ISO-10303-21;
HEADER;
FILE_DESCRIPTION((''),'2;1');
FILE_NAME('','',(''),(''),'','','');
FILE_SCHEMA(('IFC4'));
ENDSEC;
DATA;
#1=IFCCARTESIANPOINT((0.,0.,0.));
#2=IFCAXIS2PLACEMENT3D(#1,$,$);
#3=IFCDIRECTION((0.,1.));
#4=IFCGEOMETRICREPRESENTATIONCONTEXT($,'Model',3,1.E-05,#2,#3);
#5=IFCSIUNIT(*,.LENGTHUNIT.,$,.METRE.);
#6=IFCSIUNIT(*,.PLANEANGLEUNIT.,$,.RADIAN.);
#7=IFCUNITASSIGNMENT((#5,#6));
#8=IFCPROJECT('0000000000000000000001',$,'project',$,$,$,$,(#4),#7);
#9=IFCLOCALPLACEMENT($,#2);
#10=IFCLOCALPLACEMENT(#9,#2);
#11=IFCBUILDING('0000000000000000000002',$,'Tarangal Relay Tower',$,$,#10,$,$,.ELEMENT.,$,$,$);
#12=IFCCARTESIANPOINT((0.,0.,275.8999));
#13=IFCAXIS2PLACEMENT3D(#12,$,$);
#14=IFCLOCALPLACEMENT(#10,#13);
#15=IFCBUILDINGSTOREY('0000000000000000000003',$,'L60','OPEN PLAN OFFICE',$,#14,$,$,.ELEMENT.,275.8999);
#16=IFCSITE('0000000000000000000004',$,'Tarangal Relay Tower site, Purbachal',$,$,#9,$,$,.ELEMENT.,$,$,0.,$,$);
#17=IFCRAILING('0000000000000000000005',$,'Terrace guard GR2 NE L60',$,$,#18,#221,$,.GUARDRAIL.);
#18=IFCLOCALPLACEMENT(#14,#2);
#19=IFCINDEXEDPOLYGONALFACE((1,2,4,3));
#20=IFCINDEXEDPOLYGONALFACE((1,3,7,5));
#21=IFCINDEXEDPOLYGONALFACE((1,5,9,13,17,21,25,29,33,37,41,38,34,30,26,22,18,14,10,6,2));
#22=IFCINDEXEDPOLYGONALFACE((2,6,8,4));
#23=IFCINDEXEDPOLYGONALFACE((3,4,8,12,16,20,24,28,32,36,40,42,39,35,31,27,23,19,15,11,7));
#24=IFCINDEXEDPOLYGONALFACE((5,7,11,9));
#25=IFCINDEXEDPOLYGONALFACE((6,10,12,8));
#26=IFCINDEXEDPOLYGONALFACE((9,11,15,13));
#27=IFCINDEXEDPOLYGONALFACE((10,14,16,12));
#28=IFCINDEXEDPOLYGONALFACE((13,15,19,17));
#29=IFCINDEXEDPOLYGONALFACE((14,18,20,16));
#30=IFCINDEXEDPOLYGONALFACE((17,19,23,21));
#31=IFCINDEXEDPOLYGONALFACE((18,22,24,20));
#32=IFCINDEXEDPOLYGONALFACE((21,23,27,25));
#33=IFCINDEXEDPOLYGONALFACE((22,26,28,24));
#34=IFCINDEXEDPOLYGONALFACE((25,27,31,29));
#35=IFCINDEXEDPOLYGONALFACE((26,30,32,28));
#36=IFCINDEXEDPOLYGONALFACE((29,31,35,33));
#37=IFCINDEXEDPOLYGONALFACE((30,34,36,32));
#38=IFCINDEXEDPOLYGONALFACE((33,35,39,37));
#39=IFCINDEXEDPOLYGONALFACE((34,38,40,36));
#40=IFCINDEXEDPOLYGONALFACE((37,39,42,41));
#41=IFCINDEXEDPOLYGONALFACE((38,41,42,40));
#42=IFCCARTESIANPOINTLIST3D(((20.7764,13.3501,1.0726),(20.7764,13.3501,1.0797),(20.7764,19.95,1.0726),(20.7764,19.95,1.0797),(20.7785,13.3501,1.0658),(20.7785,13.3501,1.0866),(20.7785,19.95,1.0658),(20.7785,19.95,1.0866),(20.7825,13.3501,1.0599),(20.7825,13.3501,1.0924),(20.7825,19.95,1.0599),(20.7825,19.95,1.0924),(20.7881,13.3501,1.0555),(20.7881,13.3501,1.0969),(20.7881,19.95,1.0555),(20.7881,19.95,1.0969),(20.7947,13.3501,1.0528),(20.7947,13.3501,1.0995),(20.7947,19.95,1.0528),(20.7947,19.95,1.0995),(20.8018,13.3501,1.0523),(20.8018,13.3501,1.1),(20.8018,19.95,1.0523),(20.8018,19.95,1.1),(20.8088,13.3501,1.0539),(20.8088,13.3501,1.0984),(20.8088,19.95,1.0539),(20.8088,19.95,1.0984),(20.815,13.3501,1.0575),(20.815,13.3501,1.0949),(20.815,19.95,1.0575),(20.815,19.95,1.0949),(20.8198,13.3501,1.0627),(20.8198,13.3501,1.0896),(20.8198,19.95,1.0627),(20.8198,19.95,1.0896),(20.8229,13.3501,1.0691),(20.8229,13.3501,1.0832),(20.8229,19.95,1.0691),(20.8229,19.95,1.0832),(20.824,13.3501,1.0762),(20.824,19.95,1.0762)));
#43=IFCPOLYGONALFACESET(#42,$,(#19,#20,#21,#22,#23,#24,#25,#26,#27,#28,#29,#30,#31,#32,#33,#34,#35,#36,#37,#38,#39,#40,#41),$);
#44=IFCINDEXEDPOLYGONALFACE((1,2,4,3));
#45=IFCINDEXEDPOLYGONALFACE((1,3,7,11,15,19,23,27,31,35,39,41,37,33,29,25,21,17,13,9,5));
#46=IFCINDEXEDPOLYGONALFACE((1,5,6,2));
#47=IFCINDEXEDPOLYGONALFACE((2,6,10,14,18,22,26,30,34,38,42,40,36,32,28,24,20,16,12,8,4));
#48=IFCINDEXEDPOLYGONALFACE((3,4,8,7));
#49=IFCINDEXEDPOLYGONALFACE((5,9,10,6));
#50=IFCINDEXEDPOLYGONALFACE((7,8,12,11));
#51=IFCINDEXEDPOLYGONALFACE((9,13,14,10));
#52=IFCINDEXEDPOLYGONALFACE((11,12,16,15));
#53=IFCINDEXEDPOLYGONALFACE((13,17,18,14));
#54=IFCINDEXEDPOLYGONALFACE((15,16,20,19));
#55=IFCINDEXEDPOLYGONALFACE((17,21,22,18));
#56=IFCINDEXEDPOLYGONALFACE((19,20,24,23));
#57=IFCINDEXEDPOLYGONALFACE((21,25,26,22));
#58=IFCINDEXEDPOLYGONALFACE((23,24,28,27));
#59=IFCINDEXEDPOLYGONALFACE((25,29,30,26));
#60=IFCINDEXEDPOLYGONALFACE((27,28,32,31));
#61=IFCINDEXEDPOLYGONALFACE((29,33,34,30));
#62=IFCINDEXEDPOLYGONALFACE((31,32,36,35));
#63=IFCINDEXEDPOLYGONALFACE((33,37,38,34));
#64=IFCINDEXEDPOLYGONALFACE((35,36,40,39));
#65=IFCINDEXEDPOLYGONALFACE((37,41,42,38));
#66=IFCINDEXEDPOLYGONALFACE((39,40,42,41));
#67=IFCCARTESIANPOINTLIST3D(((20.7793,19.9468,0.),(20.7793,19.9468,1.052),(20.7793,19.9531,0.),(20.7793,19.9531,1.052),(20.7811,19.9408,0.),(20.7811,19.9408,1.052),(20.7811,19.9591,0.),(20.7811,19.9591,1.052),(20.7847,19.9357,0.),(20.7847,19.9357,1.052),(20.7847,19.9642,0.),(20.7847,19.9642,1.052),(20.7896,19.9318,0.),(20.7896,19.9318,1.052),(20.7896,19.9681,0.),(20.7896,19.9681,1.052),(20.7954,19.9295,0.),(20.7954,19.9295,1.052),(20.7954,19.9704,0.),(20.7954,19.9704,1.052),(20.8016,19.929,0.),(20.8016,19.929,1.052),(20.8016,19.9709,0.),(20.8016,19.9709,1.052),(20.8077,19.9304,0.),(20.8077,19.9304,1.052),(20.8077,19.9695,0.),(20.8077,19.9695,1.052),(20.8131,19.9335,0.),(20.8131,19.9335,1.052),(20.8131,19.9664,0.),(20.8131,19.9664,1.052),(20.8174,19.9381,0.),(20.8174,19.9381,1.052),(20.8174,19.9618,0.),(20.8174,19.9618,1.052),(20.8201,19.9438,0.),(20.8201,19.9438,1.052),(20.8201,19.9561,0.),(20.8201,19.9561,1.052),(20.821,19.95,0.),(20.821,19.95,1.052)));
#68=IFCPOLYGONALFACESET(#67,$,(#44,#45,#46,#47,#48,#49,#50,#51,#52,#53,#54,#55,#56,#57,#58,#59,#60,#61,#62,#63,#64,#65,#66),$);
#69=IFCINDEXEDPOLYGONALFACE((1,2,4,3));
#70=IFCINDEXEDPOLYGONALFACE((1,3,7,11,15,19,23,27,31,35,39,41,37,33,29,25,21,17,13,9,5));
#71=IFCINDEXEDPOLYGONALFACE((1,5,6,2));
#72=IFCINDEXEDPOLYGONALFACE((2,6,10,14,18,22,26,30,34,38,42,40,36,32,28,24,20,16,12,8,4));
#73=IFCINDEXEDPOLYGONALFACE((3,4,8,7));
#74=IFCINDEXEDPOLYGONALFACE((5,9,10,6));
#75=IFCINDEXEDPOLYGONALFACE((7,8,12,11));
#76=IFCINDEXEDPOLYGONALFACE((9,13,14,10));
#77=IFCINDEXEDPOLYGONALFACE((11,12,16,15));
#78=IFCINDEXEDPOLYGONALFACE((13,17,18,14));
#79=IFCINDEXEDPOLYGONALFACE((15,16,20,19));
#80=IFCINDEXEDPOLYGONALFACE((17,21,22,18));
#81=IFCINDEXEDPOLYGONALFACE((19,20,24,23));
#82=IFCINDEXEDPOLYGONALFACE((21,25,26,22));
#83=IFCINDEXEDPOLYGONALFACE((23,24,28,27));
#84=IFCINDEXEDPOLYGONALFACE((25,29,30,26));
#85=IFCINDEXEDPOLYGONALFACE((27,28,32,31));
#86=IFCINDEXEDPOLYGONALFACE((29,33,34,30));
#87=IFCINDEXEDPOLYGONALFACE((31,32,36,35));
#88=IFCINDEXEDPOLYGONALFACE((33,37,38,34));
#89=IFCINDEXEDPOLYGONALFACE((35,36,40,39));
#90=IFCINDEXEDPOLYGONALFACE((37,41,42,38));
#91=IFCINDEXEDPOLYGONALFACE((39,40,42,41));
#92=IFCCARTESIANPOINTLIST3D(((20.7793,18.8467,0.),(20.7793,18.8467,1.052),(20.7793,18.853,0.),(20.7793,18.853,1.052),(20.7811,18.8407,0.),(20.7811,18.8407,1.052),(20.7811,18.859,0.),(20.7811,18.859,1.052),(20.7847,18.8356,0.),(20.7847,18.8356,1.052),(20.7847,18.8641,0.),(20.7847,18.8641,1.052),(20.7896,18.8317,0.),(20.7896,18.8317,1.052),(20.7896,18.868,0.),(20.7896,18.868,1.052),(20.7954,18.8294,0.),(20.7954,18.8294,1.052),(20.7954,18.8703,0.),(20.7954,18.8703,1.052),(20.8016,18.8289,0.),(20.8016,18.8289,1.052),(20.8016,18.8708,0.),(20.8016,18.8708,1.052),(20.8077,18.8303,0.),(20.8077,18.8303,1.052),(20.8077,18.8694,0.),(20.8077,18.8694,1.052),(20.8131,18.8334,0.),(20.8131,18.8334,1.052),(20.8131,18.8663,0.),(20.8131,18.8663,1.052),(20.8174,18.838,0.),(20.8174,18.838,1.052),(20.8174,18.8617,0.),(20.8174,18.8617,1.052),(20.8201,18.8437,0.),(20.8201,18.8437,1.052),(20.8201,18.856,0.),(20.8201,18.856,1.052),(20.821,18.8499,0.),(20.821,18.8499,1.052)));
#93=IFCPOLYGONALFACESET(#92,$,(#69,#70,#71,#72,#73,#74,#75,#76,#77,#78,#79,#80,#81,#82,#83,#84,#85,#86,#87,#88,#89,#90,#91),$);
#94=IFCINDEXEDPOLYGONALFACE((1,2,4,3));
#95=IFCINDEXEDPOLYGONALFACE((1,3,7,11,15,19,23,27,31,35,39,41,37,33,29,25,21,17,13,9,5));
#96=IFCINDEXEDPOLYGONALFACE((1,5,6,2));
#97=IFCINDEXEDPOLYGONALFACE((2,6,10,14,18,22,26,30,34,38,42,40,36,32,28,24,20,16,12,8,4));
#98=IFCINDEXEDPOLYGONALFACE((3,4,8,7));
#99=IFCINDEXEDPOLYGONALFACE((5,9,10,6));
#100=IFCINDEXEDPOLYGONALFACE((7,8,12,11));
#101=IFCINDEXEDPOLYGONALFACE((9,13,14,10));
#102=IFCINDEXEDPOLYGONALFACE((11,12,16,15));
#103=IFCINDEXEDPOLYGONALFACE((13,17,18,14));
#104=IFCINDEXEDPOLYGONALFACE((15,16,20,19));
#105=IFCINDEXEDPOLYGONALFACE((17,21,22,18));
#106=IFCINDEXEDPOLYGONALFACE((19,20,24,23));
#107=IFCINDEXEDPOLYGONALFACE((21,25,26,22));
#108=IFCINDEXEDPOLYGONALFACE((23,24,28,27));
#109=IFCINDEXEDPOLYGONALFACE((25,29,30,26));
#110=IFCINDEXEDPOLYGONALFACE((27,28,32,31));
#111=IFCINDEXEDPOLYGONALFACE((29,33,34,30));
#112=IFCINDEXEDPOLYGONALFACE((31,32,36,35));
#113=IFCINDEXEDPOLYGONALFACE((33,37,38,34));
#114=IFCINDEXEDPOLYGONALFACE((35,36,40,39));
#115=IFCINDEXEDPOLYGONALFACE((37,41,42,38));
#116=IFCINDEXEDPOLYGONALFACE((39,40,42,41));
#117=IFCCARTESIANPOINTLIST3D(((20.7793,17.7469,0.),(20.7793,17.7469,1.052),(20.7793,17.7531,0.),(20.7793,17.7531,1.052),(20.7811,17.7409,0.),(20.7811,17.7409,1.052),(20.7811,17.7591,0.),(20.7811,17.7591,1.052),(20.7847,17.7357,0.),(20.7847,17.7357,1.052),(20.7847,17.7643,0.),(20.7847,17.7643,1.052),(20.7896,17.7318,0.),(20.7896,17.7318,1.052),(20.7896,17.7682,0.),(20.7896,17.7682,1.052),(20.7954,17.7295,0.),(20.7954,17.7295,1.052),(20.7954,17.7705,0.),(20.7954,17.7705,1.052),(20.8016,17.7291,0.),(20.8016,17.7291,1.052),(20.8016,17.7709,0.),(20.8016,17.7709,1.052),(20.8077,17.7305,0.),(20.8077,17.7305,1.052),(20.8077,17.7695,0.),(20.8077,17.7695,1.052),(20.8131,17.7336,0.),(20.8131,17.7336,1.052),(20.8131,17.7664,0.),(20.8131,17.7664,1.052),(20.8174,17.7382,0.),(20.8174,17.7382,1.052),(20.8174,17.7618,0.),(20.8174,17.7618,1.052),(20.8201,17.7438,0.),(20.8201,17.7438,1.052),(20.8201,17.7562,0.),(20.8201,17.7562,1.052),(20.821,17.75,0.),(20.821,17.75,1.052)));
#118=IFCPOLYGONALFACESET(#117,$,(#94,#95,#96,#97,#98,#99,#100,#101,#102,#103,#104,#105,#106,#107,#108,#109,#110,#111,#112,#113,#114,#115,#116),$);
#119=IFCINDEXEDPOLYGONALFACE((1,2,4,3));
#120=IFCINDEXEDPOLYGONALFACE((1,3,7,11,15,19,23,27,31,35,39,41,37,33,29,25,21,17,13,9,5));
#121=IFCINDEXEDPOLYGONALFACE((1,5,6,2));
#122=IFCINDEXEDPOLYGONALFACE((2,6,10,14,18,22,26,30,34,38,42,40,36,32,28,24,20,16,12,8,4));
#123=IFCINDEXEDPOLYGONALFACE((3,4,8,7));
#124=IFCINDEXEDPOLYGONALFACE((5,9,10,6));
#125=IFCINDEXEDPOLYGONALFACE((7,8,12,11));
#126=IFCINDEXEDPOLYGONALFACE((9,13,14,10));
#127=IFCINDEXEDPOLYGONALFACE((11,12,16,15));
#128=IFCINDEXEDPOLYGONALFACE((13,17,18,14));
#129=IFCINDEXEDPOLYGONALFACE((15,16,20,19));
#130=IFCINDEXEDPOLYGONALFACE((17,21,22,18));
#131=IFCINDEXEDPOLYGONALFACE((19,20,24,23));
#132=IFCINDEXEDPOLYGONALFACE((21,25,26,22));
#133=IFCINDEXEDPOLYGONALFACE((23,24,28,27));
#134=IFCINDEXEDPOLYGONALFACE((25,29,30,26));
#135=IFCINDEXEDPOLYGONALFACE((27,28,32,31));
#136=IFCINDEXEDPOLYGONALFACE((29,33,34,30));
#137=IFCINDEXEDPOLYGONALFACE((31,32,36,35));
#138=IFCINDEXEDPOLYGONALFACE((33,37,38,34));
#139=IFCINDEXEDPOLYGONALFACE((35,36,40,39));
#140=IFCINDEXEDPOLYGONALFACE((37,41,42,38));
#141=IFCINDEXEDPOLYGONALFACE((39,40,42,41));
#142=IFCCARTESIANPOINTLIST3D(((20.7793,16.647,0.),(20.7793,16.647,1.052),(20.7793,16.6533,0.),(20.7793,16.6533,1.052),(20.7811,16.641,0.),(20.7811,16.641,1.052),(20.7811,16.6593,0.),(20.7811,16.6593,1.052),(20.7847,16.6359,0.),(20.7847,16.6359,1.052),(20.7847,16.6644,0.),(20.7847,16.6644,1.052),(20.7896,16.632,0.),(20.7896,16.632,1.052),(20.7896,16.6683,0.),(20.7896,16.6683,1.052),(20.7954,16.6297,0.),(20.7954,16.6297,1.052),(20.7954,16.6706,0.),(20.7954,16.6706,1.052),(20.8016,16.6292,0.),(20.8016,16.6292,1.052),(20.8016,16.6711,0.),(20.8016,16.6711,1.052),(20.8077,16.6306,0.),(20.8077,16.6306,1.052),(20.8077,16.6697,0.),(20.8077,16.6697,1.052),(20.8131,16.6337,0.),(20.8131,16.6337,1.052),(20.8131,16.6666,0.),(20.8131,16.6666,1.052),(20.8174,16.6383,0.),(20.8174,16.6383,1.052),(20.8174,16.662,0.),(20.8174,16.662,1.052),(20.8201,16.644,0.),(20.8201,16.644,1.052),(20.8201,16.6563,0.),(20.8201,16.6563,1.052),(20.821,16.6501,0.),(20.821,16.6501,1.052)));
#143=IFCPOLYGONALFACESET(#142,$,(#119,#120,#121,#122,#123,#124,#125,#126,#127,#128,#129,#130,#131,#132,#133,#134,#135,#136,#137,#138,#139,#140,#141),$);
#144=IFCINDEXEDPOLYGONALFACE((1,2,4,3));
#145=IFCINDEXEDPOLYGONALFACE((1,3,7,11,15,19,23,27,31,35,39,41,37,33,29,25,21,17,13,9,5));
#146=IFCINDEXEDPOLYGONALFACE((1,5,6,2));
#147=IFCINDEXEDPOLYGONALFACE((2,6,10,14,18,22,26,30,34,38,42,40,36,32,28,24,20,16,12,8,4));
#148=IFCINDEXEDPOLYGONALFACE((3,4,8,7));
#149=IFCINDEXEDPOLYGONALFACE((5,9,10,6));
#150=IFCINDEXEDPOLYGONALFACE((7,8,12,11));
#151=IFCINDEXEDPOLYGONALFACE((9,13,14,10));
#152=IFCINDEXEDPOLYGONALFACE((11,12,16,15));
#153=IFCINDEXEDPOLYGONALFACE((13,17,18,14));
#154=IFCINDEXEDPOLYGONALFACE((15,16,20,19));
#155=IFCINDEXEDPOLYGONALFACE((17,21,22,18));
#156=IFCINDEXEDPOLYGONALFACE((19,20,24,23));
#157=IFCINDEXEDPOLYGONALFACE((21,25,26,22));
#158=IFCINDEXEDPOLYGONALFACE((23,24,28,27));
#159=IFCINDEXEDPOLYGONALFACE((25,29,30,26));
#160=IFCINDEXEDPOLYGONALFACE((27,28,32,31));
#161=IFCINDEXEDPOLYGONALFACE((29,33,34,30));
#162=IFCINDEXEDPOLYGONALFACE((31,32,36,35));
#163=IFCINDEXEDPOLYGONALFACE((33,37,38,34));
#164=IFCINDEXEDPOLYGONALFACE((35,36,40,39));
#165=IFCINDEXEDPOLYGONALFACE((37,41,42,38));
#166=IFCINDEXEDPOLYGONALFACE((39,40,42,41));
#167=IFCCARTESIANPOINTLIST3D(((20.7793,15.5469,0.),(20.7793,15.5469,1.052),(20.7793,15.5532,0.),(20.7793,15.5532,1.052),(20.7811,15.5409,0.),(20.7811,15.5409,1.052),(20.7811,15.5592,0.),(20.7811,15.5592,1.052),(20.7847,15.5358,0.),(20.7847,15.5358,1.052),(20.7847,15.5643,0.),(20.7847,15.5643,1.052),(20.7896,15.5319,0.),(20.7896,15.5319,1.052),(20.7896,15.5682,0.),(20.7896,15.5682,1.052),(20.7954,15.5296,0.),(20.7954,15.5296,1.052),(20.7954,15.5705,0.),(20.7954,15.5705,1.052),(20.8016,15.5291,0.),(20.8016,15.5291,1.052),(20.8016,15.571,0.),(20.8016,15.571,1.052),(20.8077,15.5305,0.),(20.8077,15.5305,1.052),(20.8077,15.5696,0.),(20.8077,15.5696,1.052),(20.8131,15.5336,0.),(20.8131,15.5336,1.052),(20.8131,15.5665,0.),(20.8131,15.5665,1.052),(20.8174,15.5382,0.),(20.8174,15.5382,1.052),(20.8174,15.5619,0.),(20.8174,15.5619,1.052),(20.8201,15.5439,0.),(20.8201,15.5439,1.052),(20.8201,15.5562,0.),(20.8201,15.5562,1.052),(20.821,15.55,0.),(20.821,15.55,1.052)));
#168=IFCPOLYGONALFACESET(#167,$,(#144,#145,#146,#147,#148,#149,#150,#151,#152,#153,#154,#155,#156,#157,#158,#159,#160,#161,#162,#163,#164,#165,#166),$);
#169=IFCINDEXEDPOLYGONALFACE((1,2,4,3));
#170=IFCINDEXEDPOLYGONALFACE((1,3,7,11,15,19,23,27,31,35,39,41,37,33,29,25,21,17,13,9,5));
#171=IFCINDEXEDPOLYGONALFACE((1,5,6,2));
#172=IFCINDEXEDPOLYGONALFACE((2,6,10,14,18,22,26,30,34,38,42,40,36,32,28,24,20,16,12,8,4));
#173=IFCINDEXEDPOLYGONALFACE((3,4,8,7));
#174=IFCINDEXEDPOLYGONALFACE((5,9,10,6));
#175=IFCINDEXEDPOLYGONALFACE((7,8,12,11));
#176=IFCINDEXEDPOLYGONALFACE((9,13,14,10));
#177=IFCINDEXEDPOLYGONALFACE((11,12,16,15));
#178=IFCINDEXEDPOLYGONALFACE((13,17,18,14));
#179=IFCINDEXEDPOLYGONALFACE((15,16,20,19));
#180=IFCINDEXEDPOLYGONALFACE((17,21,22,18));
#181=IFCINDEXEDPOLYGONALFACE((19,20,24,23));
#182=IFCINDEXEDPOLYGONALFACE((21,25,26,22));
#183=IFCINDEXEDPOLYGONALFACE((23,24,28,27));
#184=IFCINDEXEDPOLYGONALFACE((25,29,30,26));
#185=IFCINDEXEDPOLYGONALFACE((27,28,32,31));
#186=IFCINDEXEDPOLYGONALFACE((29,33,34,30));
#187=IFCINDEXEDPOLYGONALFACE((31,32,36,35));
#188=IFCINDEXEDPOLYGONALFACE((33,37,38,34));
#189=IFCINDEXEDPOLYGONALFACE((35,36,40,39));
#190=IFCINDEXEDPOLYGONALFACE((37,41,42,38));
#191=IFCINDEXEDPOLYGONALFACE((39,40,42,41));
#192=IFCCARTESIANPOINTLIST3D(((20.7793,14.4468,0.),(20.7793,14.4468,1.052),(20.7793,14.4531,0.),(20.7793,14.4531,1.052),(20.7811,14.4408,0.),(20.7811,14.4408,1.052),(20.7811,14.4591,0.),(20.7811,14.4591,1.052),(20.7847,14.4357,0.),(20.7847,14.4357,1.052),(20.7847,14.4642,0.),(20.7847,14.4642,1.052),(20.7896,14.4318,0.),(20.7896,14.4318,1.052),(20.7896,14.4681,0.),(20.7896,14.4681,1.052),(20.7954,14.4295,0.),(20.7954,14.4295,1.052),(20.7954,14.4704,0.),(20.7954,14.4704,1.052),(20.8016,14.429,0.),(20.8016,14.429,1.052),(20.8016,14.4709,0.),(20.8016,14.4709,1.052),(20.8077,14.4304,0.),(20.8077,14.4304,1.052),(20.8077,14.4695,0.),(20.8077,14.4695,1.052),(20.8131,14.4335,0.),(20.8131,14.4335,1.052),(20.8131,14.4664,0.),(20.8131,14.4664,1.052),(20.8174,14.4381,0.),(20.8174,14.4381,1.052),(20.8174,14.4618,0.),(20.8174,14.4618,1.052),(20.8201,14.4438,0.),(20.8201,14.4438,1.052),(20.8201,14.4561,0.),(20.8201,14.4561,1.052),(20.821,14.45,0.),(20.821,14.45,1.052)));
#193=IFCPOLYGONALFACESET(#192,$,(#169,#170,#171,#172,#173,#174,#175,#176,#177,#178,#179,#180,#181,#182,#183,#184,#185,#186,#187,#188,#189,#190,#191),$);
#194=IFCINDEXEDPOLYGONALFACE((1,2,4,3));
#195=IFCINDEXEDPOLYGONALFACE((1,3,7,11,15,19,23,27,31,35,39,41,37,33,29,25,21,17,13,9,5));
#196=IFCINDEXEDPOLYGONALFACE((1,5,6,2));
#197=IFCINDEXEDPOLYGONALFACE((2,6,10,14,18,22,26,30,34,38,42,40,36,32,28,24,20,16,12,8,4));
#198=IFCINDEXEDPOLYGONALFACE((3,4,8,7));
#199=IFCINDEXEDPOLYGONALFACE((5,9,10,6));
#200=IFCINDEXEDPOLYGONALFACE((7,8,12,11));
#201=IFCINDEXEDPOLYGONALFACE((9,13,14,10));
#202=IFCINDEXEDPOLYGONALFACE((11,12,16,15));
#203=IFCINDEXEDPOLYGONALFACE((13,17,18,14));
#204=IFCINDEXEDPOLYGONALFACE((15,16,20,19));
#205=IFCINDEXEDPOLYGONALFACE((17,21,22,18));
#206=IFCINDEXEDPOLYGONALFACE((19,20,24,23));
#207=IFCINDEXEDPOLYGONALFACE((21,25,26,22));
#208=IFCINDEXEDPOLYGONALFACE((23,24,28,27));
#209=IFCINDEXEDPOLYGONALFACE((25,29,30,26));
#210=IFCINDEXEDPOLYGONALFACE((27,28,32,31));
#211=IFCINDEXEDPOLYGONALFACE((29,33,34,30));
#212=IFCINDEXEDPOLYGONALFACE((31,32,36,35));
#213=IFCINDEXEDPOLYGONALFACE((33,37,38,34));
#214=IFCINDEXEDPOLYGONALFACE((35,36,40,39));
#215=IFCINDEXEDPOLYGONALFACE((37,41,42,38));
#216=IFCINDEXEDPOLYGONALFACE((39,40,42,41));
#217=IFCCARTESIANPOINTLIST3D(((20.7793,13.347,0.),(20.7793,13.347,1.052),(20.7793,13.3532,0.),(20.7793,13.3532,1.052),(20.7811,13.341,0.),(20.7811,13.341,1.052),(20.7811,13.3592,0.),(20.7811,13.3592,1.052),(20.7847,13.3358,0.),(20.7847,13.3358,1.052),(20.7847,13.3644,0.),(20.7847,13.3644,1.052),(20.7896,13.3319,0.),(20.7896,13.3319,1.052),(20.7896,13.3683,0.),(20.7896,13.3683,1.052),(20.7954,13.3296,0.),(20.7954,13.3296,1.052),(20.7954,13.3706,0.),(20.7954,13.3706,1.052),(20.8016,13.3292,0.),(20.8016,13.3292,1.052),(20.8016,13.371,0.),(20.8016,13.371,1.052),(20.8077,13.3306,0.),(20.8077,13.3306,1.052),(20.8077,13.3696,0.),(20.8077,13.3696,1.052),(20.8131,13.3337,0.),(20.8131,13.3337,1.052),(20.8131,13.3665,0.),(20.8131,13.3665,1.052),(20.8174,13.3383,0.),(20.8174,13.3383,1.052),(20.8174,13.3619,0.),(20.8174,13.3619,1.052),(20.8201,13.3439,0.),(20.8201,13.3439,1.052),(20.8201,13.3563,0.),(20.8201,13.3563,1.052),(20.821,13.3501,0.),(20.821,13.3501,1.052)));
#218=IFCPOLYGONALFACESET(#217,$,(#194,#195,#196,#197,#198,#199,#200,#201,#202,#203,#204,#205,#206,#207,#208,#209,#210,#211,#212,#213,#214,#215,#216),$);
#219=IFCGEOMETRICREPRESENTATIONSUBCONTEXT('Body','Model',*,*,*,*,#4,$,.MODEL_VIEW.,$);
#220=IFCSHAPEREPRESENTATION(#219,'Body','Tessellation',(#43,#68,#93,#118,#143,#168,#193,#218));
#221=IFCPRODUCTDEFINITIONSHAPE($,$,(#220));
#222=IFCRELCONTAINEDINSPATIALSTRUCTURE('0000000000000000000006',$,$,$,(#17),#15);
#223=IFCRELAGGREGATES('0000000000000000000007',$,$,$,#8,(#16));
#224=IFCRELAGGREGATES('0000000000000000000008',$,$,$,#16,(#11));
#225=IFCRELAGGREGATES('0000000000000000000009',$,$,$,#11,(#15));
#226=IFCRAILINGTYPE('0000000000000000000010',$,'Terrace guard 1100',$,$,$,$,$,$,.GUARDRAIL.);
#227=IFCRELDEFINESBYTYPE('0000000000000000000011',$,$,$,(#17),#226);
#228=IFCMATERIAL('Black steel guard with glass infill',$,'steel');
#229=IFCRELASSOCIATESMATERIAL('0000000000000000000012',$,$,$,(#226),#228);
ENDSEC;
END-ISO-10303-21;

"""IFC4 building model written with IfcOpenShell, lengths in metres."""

from ifc_helpers import new_model, si_unit, direction, frame, origin, origin_2d, place, context, subcontext, project, spatial, circle, extrude, material, type_object, element, save


model = new_model("IFC4")

# Units and contexts
model_context = context("Model", 3, precision=1e-05, world=origin(), true_north=direction((0.0, 1.0)))
body_context = subcontext(model_context, "Body", "Model", "MODEL_VIEW")
ifc_project = project(units=[si_unit("LENGTHUNIT", "METRE"), si_unit("PLANEANGLEUNIT", "RADIAN")], contexts=[model_context])

# Site, building, storey
site_placement = place(None, origin())
site = spatial("IfcSite", under=ifc_project, at=site_placement, Name="Tarangal Relay Tower site, Purbachal", CompositionType="ELEMENT", RefElevation=0.0)
building_placement = place(site_placement, origin())
building = spatial("IfcBuilding", under=site, at=building_placement, Name="Tarangal Relay Tower", CompositionType="ELEMENT")
storey_placement = place(building_placement, frame((0.0, 0.0, 275.8999)))
storey = spatial("IfcBuildingStorey", under=building, at=storey_placement, Name="L60", Description="OPEN PLAN OFFICE", CompositionType="ELEMENT", Elevation=275.8999)

# Railing
ifc_material_1 = material(Name="Black steel guard with glass infill", Category="steel")
railing_type = type_object("IfcRailingType", Name="Terrace guard 1100", PredefinedType="GUARDRAIL", material=ifc_material_1)
railing_1_placement = place(storey_placement, frame((20.8, 19.95, 0.0)))
element("IfcRailing", 1, at=railing_1_placement, inside=storey, type_object=railing_type, Name="Terrace guard GR2 NE L60", PredefinedType="GUARDRAIL", context=body_context, shape_type="SweptSolid", body=[
    extrude(circle(Radius=0.0239, at=origin_2d()), frame((0.0, 0.0, 1.0762), z_axis=(0.0, -1.0, 0.0), x_axis=(1.0, 0.0, 0.0)), (0.0, 0.0, 1.0), 6.5999),
    extrude(circle(Radius=0.021, at=origin_2d()), origin(), (0.0, 0.0, 1.0), 1.052),
    extrude(circle(Radius=0.021, at=origin_2d()), frame((0.0, -1.1001, 0.0)), (0.0, 0.0, 1.0), 1.052),
    extrude(circle(Radius=0.021, at=origin_2d()), frame((0.0, -2.2, 0.0)), (0.0, 0.0, 1.0), 1.052),
    extrude(circle(Radius=0.021, at=origin_2d()), frame((0.0, -3.2998, 0.0)), (0.0, 0.0, 1.0), 1.052),
    extrude(circle(Radius=0.021, at=origin_2d()), frame((0.0, -4.3999, 0.0)), (0.0, 0.0, 1.0), 1.052),
    extrude(circle(Radius=0.021, at=origin_2d()), frame((0.0, -5.5, 0.0)), (0.0, 0.0, 1.0), 1.052),
    extrude(circle(Radius=0.021, at=origin_2d()), frame((0.0, -6.5999, 0.0)), (0.0, 0.0, 1.0), 1.052),
])

save(model, "model.ifc")
